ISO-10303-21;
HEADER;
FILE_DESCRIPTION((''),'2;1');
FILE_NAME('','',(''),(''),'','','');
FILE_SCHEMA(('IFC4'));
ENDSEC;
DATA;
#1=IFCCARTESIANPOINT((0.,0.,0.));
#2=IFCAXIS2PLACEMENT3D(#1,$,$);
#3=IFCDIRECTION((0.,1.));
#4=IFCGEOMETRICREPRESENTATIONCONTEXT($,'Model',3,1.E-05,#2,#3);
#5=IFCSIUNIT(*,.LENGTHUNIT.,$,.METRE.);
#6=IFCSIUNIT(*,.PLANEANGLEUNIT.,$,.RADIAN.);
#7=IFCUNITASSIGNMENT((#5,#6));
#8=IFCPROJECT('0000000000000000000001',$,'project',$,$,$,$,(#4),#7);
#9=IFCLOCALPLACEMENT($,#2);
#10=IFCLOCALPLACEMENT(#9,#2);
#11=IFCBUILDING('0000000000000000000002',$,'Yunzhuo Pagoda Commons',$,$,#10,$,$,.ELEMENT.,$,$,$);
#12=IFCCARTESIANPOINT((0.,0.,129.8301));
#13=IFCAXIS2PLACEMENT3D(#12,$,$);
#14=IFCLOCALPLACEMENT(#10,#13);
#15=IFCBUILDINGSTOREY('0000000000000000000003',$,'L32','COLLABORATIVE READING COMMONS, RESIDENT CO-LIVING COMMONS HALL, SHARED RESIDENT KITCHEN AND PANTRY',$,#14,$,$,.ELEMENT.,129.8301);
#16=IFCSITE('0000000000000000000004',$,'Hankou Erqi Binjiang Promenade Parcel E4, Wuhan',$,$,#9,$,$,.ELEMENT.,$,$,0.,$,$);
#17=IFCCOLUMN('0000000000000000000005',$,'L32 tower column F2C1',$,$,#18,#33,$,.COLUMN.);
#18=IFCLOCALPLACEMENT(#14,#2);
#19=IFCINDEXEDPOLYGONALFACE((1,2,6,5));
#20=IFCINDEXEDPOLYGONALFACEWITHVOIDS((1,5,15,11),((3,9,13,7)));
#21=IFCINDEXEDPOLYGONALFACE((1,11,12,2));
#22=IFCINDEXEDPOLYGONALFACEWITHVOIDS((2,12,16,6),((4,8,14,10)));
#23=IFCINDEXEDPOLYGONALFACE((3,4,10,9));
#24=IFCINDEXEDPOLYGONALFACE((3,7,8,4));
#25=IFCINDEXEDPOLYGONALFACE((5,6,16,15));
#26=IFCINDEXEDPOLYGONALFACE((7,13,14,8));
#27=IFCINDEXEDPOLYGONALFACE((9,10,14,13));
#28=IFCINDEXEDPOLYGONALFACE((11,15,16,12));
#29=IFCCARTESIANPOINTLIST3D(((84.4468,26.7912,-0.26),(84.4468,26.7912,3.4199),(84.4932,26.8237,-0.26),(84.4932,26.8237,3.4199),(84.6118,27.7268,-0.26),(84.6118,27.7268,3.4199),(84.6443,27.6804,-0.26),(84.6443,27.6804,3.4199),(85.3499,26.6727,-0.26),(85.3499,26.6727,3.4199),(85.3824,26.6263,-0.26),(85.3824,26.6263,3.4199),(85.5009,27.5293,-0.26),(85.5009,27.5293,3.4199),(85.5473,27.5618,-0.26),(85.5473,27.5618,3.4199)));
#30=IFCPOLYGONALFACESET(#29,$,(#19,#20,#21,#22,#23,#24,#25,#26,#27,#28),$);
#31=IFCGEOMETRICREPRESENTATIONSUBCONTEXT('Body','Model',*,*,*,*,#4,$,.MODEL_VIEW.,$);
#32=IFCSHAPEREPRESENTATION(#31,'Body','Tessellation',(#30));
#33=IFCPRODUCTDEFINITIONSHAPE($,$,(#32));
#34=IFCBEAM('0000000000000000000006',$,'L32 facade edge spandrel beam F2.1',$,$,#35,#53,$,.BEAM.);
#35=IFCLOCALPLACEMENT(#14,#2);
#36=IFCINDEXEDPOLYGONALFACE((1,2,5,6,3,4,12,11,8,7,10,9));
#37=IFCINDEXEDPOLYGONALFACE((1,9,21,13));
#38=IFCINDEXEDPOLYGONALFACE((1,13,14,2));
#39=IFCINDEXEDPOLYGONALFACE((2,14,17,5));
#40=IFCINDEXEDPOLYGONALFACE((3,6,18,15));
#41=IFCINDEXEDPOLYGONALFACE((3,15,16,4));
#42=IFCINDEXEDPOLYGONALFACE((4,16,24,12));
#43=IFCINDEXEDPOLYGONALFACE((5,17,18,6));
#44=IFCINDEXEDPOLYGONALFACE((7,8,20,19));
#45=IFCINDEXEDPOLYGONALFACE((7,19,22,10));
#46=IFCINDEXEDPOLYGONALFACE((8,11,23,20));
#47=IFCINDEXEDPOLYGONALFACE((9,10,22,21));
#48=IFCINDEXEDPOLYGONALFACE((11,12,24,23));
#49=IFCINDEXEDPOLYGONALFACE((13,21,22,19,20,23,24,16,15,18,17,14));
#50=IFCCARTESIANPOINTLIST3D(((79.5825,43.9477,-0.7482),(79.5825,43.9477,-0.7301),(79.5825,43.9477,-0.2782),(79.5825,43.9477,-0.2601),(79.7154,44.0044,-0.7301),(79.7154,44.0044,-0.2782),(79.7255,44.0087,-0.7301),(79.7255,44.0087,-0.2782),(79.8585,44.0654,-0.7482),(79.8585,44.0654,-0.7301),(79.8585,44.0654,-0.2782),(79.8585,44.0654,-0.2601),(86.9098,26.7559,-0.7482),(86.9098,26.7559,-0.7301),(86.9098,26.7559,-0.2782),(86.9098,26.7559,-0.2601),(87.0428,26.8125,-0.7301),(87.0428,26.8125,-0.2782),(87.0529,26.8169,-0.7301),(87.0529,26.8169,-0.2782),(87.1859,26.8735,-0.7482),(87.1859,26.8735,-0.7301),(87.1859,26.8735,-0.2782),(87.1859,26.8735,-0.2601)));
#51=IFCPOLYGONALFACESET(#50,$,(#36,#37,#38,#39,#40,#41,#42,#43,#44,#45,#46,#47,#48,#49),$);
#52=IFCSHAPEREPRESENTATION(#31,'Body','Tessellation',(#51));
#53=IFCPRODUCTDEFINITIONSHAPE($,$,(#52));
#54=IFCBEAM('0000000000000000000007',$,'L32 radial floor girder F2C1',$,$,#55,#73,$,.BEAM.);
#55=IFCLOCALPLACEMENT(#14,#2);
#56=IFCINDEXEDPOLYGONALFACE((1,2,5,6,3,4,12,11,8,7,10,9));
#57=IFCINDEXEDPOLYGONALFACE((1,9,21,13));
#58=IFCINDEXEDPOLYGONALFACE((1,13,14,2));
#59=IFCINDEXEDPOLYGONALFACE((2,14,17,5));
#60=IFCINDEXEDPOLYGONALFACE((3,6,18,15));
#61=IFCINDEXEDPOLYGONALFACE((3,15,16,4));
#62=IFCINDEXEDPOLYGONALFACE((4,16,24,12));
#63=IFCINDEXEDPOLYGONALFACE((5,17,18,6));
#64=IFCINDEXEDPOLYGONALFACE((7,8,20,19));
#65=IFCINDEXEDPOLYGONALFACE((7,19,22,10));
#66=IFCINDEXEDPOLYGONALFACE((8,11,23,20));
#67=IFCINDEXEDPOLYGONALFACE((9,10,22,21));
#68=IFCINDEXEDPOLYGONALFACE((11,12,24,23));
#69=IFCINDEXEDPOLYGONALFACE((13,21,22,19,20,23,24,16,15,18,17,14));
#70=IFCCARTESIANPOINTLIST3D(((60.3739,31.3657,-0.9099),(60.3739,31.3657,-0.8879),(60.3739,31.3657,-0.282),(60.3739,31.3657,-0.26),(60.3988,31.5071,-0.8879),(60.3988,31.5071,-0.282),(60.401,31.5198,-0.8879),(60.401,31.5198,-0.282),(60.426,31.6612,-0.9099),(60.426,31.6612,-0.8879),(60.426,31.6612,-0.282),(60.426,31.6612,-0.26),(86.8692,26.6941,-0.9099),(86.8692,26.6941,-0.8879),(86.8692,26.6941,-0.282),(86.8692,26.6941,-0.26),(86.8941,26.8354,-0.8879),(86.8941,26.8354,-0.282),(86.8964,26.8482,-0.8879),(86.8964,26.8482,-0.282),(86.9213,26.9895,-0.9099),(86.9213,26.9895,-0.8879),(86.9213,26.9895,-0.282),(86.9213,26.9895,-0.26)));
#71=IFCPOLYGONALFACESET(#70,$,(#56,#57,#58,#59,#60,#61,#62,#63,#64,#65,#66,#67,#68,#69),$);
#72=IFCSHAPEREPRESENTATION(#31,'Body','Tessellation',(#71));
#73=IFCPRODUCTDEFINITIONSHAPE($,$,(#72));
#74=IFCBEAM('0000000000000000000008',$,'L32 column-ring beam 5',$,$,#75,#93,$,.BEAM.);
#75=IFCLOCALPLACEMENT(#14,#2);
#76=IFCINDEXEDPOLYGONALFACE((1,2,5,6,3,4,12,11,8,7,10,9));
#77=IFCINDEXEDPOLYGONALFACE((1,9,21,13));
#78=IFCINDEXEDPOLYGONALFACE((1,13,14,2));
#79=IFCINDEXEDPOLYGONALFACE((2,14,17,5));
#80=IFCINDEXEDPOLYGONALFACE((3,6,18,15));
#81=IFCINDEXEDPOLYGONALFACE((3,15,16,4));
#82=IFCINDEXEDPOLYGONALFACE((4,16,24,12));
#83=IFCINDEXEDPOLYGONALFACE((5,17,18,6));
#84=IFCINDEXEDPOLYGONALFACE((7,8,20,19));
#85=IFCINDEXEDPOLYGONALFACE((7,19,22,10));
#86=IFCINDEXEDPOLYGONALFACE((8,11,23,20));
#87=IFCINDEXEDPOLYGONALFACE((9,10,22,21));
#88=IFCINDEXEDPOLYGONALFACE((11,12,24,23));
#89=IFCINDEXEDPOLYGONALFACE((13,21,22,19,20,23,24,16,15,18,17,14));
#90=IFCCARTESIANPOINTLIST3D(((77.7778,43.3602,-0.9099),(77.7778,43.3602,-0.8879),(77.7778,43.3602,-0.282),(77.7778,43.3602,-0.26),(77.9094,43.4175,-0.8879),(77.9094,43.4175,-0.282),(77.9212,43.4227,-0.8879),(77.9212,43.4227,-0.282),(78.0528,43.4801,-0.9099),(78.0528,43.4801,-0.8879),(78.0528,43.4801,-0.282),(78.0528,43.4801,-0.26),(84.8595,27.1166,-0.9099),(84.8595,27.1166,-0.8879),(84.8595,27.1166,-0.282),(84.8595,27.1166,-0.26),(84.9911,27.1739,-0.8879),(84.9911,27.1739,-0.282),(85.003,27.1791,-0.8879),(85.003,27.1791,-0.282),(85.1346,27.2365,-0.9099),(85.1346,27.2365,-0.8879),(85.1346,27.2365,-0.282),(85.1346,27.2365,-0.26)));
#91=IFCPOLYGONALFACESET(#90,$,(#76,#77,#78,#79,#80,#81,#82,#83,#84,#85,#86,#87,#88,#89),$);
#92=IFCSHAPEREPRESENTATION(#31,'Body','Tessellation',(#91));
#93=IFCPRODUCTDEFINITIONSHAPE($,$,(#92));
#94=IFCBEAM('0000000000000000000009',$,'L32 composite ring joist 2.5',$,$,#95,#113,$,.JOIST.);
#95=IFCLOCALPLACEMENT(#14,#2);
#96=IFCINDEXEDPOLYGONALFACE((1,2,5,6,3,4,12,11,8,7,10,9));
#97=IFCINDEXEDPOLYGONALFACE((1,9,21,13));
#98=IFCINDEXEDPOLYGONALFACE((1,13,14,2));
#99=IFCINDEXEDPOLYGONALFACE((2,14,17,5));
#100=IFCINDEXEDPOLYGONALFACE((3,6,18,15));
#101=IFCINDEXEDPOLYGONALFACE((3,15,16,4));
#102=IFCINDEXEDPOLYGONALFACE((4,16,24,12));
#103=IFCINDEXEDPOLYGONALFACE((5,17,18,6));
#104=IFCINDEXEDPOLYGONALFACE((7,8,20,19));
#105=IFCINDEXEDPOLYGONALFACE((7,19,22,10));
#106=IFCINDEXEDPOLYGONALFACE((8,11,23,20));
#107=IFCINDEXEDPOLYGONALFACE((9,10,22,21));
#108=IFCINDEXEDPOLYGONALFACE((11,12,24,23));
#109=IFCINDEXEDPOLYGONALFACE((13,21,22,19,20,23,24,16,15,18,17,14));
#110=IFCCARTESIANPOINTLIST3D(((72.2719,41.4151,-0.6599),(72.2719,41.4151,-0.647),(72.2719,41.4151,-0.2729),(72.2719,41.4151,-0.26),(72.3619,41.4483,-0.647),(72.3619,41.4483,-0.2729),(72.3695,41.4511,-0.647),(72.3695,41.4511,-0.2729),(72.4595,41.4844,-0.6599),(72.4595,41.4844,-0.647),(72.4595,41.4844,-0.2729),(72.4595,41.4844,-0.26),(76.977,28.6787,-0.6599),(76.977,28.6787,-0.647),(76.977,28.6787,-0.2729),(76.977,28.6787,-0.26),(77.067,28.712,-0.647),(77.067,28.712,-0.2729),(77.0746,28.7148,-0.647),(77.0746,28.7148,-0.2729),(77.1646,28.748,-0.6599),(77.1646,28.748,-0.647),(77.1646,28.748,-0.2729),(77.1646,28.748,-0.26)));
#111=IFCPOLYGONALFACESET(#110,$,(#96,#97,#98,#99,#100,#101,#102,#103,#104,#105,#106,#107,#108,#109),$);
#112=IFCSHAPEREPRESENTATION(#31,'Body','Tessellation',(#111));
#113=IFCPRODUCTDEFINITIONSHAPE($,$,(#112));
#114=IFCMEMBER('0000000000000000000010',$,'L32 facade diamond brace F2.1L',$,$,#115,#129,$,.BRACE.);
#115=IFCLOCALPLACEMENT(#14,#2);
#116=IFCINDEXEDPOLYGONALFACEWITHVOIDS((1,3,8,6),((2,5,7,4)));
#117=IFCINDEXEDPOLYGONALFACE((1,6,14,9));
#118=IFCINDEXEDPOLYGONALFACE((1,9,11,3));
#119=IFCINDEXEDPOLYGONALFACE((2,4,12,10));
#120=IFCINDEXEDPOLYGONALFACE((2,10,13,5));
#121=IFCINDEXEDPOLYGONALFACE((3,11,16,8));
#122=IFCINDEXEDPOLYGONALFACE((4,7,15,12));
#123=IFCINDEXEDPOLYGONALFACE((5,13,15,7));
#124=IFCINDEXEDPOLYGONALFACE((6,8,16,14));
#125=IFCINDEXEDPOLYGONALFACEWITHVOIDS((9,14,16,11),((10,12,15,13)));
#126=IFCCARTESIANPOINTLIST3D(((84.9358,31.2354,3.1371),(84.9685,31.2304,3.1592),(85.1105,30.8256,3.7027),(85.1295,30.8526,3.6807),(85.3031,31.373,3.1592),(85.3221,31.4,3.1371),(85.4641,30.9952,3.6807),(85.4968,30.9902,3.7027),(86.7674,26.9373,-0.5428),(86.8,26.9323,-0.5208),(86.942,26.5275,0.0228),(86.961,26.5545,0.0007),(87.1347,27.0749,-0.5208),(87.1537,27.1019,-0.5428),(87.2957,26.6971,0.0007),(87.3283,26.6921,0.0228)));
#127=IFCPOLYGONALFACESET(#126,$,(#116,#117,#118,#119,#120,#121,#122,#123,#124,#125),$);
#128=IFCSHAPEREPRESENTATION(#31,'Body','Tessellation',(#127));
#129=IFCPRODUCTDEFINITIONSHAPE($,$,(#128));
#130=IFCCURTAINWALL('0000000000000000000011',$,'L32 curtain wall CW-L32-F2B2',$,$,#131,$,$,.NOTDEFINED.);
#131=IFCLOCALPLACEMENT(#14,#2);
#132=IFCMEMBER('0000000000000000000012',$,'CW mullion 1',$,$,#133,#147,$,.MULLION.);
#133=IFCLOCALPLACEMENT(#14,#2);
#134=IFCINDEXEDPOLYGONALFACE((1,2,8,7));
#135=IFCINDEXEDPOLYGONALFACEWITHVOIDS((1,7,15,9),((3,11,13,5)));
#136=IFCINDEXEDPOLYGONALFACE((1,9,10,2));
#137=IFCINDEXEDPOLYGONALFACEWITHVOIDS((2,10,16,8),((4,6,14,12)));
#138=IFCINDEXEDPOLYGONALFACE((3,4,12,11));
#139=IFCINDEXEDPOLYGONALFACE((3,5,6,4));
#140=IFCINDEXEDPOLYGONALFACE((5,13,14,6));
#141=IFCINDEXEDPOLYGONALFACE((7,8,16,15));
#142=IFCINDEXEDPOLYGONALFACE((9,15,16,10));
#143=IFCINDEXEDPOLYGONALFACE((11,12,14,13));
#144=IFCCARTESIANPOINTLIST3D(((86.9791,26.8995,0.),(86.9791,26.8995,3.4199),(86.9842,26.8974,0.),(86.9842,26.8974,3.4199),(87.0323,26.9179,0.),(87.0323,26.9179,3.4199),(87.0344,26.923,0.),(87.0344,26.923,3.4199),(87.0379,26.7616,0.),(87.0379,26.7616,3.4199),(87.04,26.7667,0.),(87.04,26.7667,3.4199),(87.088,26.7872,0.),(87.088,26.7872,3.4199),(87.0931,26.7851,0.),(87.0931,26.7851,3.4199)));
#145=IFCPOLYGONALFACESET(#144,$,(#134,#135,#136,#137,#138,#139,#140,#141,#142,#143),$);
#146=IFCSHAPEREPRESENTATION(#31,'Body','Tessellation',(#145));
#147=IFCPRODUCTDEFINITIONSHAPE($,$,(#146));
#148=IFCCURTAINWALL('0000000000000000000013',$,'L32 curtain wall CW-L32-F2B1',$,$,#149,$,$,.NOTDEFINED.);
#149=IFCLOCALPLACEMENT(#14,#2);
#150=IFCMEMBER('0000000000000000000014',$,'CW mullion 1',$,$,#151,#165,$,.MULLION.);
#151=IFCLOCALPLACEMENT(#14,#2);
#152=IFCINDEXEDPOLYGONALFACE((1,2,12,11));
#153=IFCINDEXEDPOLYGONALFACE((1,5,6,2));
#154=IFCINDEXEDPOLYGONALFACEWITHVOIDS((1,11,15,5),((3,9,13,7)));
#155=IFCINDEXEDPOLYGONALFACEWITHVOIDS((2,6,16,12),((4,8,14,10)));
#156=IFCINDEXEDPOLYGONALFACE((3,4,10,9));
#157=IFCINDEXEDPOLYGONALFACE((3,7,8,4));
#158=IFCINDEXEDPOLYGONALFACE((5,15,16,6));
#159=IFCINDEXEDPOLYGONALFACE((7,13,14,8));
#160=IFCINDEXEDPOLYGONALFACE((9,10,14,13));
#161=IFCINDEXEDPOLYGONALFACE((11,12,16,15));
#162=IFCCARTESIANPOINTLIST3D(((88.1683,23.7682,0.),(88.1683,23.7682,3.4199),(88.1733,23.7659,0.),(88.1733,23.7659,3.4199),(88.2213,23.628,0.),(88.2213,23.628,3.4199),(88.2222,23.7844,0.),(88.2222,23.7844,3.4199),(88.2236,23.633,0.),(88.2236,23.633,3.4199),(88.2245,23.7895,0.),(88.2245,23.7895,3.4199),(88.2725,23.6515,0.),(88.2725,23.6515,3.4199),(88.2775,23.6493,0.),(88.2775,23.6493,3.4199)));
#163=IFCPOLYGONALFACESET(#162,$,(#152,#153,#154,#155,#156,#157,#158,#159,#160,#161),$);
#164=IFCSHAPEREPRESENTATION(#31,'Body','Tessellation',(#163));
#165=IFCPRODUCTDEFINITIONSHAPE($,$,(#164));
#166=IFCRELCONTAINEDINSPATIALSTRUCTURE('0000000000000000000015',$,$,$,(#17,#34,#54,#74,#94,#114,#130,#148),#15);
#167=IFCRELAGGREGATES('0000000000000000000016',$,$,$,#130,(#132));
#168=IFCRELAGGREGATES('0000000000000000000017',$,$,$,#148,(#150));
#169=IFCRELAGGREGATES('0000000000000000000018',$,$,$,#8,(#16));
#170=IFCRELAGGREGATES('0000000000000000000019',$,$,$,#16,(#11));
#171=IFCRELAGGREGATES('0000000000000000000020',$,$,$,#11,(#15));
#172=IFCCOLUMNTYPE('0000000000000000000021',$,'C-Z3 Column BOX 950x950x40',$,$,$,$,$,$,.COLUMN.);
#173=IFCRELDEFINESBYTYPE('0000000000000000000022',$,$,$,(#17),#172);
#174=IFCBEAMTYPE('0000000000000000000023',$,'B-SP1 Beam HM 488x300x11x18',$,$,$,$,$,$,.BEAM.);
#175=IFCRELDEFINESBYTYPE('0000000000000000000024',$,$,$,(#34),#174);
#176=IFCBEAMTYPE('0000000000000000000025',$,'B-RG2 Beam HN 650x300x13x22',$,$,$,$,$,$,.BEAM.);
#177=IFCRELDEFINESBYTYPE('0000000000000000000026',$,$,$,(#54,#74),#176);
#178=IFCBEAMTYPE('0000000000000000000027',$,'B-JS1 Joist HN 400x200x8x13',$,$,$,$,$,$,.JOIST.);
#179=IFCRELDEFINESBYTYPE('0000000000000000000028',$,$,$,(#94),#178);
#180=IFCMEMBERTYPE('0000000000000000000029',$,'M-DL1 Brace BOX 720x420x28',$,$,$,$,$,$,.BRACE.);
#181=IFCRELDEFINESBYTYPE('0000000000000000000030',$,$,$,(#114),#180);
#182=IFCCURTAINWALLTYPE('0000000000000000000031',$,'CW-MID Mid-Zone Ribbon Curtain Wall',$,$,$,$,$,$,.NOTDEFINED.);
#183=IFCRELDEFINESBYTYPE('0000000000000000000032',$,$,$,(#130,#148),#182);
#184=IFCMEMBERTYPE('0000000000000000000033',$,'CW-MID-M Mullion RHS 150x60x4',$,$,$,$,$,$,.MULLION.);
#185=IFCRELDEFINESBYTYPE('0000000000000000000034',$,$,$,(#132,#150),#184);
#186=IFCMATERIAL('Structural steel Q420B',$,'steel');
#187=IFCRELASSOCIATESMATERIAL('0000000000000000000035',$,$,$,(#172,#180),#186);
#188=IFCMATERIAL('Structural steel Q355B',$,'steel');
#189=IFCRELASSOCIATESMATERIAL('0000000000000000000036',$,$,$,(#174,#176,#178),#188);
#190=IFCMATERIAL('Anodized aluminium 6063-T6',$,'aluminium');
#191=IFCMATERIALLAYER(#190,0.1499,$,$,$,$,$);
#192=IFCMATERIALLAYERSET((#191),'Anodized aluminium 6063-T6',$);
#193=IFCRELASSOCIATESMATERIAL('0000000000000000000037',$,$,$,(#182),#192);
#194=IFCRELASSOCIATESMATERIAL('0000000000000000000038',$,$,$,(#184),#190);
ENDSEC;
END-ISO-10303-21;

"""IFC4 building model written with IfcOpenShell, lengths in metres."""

from ifc_helpers import new_model, si_unit, direction, frame, origin, origin_2d, place, context, subcontext, project, spatial, hollow_rectangle, i_section, extrude, source, transform, mapped, material, layer, layer_set, material_profile, profile_set, type_object, element, aggregate, save


model = new_model("IFC4")

# Units and contexts
model_context = context("Model", 3, precision=1e-05, world=origin(), true_north=direction((0.0, 1.0)))
body_context = subcontext(model_context, "Body", "Model", "MODEL_VIEW")
ifc_project = project(units=[si_unit("LENGTHUNIT", "METRE"), si_unit("PLANEANGLEUNIT", "RADIAN")], contexts=[model_context])

# Site, building, storey
site_placement = place(None, origin())
site = spatial("IfcSite", under=ifc_project, at=site_placement, Name="Hankou Erqi Binjiang Promenade Parcel E4, Wuhan", CompositionType="ELEMENT", RefElevation=0.0)
building_placement = place(site_placement, origin())
building = spatial("IfcBuilding", under=site, at=building_placement, Name="Yunzhuo Pagoda Commons", CompositionType="ELEMENT")
storey_placement = place(building_placement, frame((0.0, 0.0, 129.8301)))
storey = spatial("IfcBuildingStorey", under=building, at=storey_placement, Name="L32", Description="COLLABORATIVE READING COMMONS, RESIDENT CO-LIVING COMMONS HALL, SHARED RESIDENT KITCHEN AND PANTRY", CompositionType="ELEMENT", Elevation=129.8301)

# Column
ifc_material_1 = material(Name="Structural steel Q420B", Category="steel")
ifc_material_profile_1 = material_profile(ifc_material_1, hollow_rectangle(XDim=0.95, YDim=0.95, WallThickness=0.04, at=origin_2d()), Name="Structural steel Q420B")
ifc_profile_set_1 = profile_set([ifc_material_profile_1], Name="Structural steel Q420B")
column_type = type_object("IfcColumnType", Name="C-Z3 Column BOX 950x950x40", PredefinedType="COLUMN", material=ifc_profile_set_1)
shared_shape_1 = source(origin(), body_context, "Body", "SweptSolid", [
    extrude(hollow_rectangle(XDim=0.95, YDim=0.95, WallThickness=0.04, at=origin_2d()), origin(), (0.0, 0.0, 1.0), 3.6799),
])
column_placement = place(storey_placement, frame((84.9971, 27.1765, -0.26), z_axis=(0.0, 0.0, 1.0), x_axis=(0.173648, 0.984808, 0.0)))
element("IfcColumn", 1, at=column_placement, inside=storey, type_object=column_type, Name="L32 tower column F2C1", PredefinedType="COLUMN", context=body_context, shape_type="MappedRepresentation", body=[
    mapped(shared_shape_1, transform((0.0, 0.0, 0.0), scale=1.0)),
])

# Beams
ifc_material_2 = material(Name="Structural steel Q355B", Category="steel")
ifc_material_profile_2 = material_profile(ifc_material_2, i_section(OverallWidth=0.3, OverallDepth=0.488, WebThickness=0.011, FlangeThickness=0.0181, at=origin_2d()), Name="Structural steel Q355B")
ifc_profile_set_2 = profile_set([ifc_material_profile_2], Name="Structural steel Q355B")
beam_type_1 = type_object("IfcBeamType", Name="B-SP1 Beam HM 488x300x11x18", PredefinedType="BEAM", material=ifc_profile_set_2)
shared_shape_2 = source(origin(), body_context, "Body", "SweptSolid", [
    extrude(i_section(OverallWidth=0.3, OverallDepth=0.488, WebThickness=0.011, FlangeThickness=0.0181, at=origin_2d()), origin(), (0.0, 0.0, 1.0), 18.6882),
])
beam_1_placement = place(storey_placement, frame((87.0479, 26.8147, -0.5042), z_axis=(-0.392085, 0.919929, 0.0), x_axis=(-0.919929, -0.392085, 0.0)))
element("IfcBeam", 2, at=beam_1_placement, inside=storey, type_object=beam_type_1, Name="L32 facade edge spandrel beam F2.1", PredefinedType="BEAM", context=body_context, shape_type="MappedRepresentation", body=[
    mapped(shared_shape_2, transform((0.0, 0.0, 0.0), scale=1.0)),
])
ifc_material_profile_3 = material_profile(ifc_material_2, i_section(OverallWidth=0.3, OverallDepth=0.6499, WebThickness=0.0129, FlangeThickness=0.022, at=origin_2d()), Name="Structural steel Q355B")
ifc_profile_set_3 = profile_set([ifc_material_profile_3], Name="Structural steel Q355B")
beam_type_2 = type_object("IfcBeamType", Name="B-RG2 Beam HN 650x300x13x22", PredefinedType="BEAM", material=ifc_profile_set_3)
shared_shape_3 = source(origin(), body_context, "Body", "SweptSolid", [
    extrude(i_section(OverallWidth=0.3, OverallDepth=0.6499, WebThickness=0.0129, FlangeThickness=0.022, at=origin_2d()), origin(), (0.0, 0.0, 1.0), 26.9041),
])
beam_2_placement = place(storey_placement, frame((86.8953, 26.8418, -0.585), z_axis=(-0.984809, 0.17364, 0.0), x_axis=(-0.17364, -0.984809, 0.0)))
element("IfcBeam", 3, at=beam_2_placement, inside=storey, type_object=beam_type_2, Name="L32 radial floor girder F2C1", PredefinedType="BEAM", context=body_context, shape_type="MappedRepresentation", body=[
    mapped(shared_shape_3, transform((0.0, 0.0, 0.0), scale=1.0)),
])
shared_shape_4 = source(origin(), body_context, "Body", "SweptSolid", [
    extrude(i_section(OverallWidth=0.3, OverallDepth=0.6499, WebThickness=0.0129, FlangeThickness=0.022, at=origin_2d()), origin(), (0.0, 0.0, 1.0), 17.7202),
])
beam_3_placement = place(storey_placement, frame((84.9971, 27.1765, -0.585), z_axis=(-0.399643, 0.916671, 0.0), x_axis=(-0.916671, -0.399643, 0.0)))
element("IfcBeam", 4, at=beam_3_placement, inside=storey, type_object=beam_type_2, Name="L32 column-ring beam 5", PredefinedType="BEAM", context=body_context, shape_type="MappedRepresentation", body=[
    mapped(shared_shape_4, transform((0.0, 0.0, 0.0), scale=1.0)),
])
ifc_material_profile_4 = material_profile(ifc_material_2, i_section(OverallWidth=0.2, OverallDepth=0.3999, WebThickness=0.0081, FlangeThickness=0.0129, at=origin_2d()), Name="Structural steel Q355B")
ifc_profile_set_4 = profile_set([ifc_material_profile_4], Name="Structural steel Q355B")
beam_type_3 = type_object("IfcBeamType", Name="B-JS1 Joist HN 400x200x8x13", PredefinedType="JOIST", material=ifc_profile_set_4)
shared_shape_5 = source(origin(), body_context, "Body", "SweptSolid", [
    extrude(i_section(OverallWidth=0.2, OverallDepth=0.3999, WebThickness=0.0081, FlangeThickness=0.0129, at=origin_2d()), origin(), (0.0, 0.0, 1.0), 13.5776),
])
beam_4_placement = place(storey_placement, frame((77.0708, 28.7134, -0.46), z_axis=(-0.346532, 0.938038, 0.0), x_axis=(-0.938038, -0.346532, 0.0)))
element("IfcBeam", 5, at=beam_4_placement, inside=storey, type_object=beam_type_3, Name="L32 composite ring joist 2.5", PredefinedType="JOIST", context=body_context, shape_type="MappedRepresentation", body=[
    mapped(shared_shape_5, transform((0.0, 0.0, 0.0), scale=1.0)),
])

# Member
ifc_material_profile_5 = material_profile(ifc_material_1, hollow_rectangle(XDim=0.4199, YDim=0.72, WallThickness=0.0281, at=origin_2d()), Name="Structural steel Q420B")
ifc_profile_set_5 = profile_set([ifc_material_profile_5], Name="Structural steel Q420B")
member_type_1 = type_object("IfcMemberType", Name="M-DL1 Brace BOX 720x420x28", PredefinedType="BRACE", material=ifc_profile_set_5)
shared_shape_6 = source(origin(), body_context, "Body", "SweptSolid", [
    extrude(hollow_rectangle(XDim=0.4199, YDim=0.72, WallThickness=0.0281, at=origin_2d()), origin(), (0.0, 0.0, 1.0), 5.9473),
])
member_1_placement = place(storey_placement, frame((87.0479, 26.8147, -0.26), z_axis=(-0.307963, 0.7227, 0.618759), x_axis=(-0.919957, -0.39202, 0.0)))
element("IfcMember", 6, at=member_1_placement, inside=storey, type_object=member_type_1, Name="L32 facade diamond brace F2.1L", PredefinedType="BRACE", context=body_context, shape_type="MappedRepresentation", body=[
    mapped(shared_shape_6, transform((0.0, 0.0, 0.0), scale=1.0)),
])

# Curtain wall, member
ifc_material_3 = material(Name="Anodized aluminium 6063-T6", Category="aluminium")
ifc_layer_1 = layer(ifc_material_3, 0.1499)
ifc_layer_set_1 = layer_set([ifc_layer_1], Name="Anodized aluminium 6063-T6")
curtain_wall_type_1 = type_object("IfcCurtainWallType", Name="CW-MID Mid-Zone Ribbon Curtain Wall", PredefinedType="NOTDEFINED", material=ifc_layer_set_1)
curtain_wall_1_placement = place(storey_placement, origin())
curtain_wall_1 = element("IfcCurtainWall", 7, at=curtain_wall_1_placement, inside=storey, type_object=curtain_wall_type_1, Name="L32 curtain wall CW-L32-F2B2", PredefinedType="NOTDEFINED")
ifc_material_profile_6 = material_profile(ifc_material_3, hollow_rectangle(XDim=0.0601, YDim=0.1499, WallThickness=0.0039, at=origin_2d()), Name="Anodized aluminium 6063-T6")
ifc_profile_set_6 = profile_set([ifc_material_profile_6], Name="Anodized aluminium 6063-T6")
member_type_2 = type_object("IfcMemberType", Name="CW-MID-M Mullion RHS 150x60x4", PredefinedType="MULLION", material=ifc_profile_set_6)
shared_shape_7 = source(origin(), body_context, "Body", "SweptSolid", [
    extrude(hollow_rectangle(XDim=0.0601, YDim=0.1499, WallThickness=0.0039, at=origin_2d()), origin(), (0.0, 0.0, 1.0), 3.4199),
])
member_2_placement = place(storey_placement, frame((87.0361, 26.8423, 0.0), z_axis=(0.0, 0.0, 1.0), x_axis=(-0.919928, -0.392087, 0.0)))
member_2 = element("IfcMember", 8, at=member_2_placement, type_object=member_type_2, Name="CW mullion 1", PredefinedType="MULLION", context=body_context, shape_type="MappedRepresentation", body=[
    mapped(shared_shape_7, transform((0.0, 0.0, 0.0), scale=1.0)),
])

# Curtain wall, member
curtain_wall_2_placement = place(storey_placement, origin())
curtain_wall_2 = element("IfcCurtainWall", 9, at=curtain_wall_2_placement, inside=storey, type_object=curtain_wall_type_1, Name="L32 curtain wall CW-L32-F2B1", PredefinedType="NOTDEFINED")
member_3_placement = place(storey_placement, frame((88.2229, 23.7087, 0.0), z_axis=(0.0, 0.0, 1.0), x_axis=(-0.935322, -0.353798, 0.0)))
member_3 = element("IfcMember", 10, at=member_3_placement, type_object=member_type_2, Name="CW mullion 1", PredefinedType="MULLION", context=body_context, shape_type="MappedRepresentation", body=[
    mapped(shared_shape_7, transform((0.0, 0.0, 0.0), scale=1.0)),
])

aggregate(curtain_wall_1, [member_2])
aggregate(curtain_wall_2, [member_3])

save(model, "model.ifc")
